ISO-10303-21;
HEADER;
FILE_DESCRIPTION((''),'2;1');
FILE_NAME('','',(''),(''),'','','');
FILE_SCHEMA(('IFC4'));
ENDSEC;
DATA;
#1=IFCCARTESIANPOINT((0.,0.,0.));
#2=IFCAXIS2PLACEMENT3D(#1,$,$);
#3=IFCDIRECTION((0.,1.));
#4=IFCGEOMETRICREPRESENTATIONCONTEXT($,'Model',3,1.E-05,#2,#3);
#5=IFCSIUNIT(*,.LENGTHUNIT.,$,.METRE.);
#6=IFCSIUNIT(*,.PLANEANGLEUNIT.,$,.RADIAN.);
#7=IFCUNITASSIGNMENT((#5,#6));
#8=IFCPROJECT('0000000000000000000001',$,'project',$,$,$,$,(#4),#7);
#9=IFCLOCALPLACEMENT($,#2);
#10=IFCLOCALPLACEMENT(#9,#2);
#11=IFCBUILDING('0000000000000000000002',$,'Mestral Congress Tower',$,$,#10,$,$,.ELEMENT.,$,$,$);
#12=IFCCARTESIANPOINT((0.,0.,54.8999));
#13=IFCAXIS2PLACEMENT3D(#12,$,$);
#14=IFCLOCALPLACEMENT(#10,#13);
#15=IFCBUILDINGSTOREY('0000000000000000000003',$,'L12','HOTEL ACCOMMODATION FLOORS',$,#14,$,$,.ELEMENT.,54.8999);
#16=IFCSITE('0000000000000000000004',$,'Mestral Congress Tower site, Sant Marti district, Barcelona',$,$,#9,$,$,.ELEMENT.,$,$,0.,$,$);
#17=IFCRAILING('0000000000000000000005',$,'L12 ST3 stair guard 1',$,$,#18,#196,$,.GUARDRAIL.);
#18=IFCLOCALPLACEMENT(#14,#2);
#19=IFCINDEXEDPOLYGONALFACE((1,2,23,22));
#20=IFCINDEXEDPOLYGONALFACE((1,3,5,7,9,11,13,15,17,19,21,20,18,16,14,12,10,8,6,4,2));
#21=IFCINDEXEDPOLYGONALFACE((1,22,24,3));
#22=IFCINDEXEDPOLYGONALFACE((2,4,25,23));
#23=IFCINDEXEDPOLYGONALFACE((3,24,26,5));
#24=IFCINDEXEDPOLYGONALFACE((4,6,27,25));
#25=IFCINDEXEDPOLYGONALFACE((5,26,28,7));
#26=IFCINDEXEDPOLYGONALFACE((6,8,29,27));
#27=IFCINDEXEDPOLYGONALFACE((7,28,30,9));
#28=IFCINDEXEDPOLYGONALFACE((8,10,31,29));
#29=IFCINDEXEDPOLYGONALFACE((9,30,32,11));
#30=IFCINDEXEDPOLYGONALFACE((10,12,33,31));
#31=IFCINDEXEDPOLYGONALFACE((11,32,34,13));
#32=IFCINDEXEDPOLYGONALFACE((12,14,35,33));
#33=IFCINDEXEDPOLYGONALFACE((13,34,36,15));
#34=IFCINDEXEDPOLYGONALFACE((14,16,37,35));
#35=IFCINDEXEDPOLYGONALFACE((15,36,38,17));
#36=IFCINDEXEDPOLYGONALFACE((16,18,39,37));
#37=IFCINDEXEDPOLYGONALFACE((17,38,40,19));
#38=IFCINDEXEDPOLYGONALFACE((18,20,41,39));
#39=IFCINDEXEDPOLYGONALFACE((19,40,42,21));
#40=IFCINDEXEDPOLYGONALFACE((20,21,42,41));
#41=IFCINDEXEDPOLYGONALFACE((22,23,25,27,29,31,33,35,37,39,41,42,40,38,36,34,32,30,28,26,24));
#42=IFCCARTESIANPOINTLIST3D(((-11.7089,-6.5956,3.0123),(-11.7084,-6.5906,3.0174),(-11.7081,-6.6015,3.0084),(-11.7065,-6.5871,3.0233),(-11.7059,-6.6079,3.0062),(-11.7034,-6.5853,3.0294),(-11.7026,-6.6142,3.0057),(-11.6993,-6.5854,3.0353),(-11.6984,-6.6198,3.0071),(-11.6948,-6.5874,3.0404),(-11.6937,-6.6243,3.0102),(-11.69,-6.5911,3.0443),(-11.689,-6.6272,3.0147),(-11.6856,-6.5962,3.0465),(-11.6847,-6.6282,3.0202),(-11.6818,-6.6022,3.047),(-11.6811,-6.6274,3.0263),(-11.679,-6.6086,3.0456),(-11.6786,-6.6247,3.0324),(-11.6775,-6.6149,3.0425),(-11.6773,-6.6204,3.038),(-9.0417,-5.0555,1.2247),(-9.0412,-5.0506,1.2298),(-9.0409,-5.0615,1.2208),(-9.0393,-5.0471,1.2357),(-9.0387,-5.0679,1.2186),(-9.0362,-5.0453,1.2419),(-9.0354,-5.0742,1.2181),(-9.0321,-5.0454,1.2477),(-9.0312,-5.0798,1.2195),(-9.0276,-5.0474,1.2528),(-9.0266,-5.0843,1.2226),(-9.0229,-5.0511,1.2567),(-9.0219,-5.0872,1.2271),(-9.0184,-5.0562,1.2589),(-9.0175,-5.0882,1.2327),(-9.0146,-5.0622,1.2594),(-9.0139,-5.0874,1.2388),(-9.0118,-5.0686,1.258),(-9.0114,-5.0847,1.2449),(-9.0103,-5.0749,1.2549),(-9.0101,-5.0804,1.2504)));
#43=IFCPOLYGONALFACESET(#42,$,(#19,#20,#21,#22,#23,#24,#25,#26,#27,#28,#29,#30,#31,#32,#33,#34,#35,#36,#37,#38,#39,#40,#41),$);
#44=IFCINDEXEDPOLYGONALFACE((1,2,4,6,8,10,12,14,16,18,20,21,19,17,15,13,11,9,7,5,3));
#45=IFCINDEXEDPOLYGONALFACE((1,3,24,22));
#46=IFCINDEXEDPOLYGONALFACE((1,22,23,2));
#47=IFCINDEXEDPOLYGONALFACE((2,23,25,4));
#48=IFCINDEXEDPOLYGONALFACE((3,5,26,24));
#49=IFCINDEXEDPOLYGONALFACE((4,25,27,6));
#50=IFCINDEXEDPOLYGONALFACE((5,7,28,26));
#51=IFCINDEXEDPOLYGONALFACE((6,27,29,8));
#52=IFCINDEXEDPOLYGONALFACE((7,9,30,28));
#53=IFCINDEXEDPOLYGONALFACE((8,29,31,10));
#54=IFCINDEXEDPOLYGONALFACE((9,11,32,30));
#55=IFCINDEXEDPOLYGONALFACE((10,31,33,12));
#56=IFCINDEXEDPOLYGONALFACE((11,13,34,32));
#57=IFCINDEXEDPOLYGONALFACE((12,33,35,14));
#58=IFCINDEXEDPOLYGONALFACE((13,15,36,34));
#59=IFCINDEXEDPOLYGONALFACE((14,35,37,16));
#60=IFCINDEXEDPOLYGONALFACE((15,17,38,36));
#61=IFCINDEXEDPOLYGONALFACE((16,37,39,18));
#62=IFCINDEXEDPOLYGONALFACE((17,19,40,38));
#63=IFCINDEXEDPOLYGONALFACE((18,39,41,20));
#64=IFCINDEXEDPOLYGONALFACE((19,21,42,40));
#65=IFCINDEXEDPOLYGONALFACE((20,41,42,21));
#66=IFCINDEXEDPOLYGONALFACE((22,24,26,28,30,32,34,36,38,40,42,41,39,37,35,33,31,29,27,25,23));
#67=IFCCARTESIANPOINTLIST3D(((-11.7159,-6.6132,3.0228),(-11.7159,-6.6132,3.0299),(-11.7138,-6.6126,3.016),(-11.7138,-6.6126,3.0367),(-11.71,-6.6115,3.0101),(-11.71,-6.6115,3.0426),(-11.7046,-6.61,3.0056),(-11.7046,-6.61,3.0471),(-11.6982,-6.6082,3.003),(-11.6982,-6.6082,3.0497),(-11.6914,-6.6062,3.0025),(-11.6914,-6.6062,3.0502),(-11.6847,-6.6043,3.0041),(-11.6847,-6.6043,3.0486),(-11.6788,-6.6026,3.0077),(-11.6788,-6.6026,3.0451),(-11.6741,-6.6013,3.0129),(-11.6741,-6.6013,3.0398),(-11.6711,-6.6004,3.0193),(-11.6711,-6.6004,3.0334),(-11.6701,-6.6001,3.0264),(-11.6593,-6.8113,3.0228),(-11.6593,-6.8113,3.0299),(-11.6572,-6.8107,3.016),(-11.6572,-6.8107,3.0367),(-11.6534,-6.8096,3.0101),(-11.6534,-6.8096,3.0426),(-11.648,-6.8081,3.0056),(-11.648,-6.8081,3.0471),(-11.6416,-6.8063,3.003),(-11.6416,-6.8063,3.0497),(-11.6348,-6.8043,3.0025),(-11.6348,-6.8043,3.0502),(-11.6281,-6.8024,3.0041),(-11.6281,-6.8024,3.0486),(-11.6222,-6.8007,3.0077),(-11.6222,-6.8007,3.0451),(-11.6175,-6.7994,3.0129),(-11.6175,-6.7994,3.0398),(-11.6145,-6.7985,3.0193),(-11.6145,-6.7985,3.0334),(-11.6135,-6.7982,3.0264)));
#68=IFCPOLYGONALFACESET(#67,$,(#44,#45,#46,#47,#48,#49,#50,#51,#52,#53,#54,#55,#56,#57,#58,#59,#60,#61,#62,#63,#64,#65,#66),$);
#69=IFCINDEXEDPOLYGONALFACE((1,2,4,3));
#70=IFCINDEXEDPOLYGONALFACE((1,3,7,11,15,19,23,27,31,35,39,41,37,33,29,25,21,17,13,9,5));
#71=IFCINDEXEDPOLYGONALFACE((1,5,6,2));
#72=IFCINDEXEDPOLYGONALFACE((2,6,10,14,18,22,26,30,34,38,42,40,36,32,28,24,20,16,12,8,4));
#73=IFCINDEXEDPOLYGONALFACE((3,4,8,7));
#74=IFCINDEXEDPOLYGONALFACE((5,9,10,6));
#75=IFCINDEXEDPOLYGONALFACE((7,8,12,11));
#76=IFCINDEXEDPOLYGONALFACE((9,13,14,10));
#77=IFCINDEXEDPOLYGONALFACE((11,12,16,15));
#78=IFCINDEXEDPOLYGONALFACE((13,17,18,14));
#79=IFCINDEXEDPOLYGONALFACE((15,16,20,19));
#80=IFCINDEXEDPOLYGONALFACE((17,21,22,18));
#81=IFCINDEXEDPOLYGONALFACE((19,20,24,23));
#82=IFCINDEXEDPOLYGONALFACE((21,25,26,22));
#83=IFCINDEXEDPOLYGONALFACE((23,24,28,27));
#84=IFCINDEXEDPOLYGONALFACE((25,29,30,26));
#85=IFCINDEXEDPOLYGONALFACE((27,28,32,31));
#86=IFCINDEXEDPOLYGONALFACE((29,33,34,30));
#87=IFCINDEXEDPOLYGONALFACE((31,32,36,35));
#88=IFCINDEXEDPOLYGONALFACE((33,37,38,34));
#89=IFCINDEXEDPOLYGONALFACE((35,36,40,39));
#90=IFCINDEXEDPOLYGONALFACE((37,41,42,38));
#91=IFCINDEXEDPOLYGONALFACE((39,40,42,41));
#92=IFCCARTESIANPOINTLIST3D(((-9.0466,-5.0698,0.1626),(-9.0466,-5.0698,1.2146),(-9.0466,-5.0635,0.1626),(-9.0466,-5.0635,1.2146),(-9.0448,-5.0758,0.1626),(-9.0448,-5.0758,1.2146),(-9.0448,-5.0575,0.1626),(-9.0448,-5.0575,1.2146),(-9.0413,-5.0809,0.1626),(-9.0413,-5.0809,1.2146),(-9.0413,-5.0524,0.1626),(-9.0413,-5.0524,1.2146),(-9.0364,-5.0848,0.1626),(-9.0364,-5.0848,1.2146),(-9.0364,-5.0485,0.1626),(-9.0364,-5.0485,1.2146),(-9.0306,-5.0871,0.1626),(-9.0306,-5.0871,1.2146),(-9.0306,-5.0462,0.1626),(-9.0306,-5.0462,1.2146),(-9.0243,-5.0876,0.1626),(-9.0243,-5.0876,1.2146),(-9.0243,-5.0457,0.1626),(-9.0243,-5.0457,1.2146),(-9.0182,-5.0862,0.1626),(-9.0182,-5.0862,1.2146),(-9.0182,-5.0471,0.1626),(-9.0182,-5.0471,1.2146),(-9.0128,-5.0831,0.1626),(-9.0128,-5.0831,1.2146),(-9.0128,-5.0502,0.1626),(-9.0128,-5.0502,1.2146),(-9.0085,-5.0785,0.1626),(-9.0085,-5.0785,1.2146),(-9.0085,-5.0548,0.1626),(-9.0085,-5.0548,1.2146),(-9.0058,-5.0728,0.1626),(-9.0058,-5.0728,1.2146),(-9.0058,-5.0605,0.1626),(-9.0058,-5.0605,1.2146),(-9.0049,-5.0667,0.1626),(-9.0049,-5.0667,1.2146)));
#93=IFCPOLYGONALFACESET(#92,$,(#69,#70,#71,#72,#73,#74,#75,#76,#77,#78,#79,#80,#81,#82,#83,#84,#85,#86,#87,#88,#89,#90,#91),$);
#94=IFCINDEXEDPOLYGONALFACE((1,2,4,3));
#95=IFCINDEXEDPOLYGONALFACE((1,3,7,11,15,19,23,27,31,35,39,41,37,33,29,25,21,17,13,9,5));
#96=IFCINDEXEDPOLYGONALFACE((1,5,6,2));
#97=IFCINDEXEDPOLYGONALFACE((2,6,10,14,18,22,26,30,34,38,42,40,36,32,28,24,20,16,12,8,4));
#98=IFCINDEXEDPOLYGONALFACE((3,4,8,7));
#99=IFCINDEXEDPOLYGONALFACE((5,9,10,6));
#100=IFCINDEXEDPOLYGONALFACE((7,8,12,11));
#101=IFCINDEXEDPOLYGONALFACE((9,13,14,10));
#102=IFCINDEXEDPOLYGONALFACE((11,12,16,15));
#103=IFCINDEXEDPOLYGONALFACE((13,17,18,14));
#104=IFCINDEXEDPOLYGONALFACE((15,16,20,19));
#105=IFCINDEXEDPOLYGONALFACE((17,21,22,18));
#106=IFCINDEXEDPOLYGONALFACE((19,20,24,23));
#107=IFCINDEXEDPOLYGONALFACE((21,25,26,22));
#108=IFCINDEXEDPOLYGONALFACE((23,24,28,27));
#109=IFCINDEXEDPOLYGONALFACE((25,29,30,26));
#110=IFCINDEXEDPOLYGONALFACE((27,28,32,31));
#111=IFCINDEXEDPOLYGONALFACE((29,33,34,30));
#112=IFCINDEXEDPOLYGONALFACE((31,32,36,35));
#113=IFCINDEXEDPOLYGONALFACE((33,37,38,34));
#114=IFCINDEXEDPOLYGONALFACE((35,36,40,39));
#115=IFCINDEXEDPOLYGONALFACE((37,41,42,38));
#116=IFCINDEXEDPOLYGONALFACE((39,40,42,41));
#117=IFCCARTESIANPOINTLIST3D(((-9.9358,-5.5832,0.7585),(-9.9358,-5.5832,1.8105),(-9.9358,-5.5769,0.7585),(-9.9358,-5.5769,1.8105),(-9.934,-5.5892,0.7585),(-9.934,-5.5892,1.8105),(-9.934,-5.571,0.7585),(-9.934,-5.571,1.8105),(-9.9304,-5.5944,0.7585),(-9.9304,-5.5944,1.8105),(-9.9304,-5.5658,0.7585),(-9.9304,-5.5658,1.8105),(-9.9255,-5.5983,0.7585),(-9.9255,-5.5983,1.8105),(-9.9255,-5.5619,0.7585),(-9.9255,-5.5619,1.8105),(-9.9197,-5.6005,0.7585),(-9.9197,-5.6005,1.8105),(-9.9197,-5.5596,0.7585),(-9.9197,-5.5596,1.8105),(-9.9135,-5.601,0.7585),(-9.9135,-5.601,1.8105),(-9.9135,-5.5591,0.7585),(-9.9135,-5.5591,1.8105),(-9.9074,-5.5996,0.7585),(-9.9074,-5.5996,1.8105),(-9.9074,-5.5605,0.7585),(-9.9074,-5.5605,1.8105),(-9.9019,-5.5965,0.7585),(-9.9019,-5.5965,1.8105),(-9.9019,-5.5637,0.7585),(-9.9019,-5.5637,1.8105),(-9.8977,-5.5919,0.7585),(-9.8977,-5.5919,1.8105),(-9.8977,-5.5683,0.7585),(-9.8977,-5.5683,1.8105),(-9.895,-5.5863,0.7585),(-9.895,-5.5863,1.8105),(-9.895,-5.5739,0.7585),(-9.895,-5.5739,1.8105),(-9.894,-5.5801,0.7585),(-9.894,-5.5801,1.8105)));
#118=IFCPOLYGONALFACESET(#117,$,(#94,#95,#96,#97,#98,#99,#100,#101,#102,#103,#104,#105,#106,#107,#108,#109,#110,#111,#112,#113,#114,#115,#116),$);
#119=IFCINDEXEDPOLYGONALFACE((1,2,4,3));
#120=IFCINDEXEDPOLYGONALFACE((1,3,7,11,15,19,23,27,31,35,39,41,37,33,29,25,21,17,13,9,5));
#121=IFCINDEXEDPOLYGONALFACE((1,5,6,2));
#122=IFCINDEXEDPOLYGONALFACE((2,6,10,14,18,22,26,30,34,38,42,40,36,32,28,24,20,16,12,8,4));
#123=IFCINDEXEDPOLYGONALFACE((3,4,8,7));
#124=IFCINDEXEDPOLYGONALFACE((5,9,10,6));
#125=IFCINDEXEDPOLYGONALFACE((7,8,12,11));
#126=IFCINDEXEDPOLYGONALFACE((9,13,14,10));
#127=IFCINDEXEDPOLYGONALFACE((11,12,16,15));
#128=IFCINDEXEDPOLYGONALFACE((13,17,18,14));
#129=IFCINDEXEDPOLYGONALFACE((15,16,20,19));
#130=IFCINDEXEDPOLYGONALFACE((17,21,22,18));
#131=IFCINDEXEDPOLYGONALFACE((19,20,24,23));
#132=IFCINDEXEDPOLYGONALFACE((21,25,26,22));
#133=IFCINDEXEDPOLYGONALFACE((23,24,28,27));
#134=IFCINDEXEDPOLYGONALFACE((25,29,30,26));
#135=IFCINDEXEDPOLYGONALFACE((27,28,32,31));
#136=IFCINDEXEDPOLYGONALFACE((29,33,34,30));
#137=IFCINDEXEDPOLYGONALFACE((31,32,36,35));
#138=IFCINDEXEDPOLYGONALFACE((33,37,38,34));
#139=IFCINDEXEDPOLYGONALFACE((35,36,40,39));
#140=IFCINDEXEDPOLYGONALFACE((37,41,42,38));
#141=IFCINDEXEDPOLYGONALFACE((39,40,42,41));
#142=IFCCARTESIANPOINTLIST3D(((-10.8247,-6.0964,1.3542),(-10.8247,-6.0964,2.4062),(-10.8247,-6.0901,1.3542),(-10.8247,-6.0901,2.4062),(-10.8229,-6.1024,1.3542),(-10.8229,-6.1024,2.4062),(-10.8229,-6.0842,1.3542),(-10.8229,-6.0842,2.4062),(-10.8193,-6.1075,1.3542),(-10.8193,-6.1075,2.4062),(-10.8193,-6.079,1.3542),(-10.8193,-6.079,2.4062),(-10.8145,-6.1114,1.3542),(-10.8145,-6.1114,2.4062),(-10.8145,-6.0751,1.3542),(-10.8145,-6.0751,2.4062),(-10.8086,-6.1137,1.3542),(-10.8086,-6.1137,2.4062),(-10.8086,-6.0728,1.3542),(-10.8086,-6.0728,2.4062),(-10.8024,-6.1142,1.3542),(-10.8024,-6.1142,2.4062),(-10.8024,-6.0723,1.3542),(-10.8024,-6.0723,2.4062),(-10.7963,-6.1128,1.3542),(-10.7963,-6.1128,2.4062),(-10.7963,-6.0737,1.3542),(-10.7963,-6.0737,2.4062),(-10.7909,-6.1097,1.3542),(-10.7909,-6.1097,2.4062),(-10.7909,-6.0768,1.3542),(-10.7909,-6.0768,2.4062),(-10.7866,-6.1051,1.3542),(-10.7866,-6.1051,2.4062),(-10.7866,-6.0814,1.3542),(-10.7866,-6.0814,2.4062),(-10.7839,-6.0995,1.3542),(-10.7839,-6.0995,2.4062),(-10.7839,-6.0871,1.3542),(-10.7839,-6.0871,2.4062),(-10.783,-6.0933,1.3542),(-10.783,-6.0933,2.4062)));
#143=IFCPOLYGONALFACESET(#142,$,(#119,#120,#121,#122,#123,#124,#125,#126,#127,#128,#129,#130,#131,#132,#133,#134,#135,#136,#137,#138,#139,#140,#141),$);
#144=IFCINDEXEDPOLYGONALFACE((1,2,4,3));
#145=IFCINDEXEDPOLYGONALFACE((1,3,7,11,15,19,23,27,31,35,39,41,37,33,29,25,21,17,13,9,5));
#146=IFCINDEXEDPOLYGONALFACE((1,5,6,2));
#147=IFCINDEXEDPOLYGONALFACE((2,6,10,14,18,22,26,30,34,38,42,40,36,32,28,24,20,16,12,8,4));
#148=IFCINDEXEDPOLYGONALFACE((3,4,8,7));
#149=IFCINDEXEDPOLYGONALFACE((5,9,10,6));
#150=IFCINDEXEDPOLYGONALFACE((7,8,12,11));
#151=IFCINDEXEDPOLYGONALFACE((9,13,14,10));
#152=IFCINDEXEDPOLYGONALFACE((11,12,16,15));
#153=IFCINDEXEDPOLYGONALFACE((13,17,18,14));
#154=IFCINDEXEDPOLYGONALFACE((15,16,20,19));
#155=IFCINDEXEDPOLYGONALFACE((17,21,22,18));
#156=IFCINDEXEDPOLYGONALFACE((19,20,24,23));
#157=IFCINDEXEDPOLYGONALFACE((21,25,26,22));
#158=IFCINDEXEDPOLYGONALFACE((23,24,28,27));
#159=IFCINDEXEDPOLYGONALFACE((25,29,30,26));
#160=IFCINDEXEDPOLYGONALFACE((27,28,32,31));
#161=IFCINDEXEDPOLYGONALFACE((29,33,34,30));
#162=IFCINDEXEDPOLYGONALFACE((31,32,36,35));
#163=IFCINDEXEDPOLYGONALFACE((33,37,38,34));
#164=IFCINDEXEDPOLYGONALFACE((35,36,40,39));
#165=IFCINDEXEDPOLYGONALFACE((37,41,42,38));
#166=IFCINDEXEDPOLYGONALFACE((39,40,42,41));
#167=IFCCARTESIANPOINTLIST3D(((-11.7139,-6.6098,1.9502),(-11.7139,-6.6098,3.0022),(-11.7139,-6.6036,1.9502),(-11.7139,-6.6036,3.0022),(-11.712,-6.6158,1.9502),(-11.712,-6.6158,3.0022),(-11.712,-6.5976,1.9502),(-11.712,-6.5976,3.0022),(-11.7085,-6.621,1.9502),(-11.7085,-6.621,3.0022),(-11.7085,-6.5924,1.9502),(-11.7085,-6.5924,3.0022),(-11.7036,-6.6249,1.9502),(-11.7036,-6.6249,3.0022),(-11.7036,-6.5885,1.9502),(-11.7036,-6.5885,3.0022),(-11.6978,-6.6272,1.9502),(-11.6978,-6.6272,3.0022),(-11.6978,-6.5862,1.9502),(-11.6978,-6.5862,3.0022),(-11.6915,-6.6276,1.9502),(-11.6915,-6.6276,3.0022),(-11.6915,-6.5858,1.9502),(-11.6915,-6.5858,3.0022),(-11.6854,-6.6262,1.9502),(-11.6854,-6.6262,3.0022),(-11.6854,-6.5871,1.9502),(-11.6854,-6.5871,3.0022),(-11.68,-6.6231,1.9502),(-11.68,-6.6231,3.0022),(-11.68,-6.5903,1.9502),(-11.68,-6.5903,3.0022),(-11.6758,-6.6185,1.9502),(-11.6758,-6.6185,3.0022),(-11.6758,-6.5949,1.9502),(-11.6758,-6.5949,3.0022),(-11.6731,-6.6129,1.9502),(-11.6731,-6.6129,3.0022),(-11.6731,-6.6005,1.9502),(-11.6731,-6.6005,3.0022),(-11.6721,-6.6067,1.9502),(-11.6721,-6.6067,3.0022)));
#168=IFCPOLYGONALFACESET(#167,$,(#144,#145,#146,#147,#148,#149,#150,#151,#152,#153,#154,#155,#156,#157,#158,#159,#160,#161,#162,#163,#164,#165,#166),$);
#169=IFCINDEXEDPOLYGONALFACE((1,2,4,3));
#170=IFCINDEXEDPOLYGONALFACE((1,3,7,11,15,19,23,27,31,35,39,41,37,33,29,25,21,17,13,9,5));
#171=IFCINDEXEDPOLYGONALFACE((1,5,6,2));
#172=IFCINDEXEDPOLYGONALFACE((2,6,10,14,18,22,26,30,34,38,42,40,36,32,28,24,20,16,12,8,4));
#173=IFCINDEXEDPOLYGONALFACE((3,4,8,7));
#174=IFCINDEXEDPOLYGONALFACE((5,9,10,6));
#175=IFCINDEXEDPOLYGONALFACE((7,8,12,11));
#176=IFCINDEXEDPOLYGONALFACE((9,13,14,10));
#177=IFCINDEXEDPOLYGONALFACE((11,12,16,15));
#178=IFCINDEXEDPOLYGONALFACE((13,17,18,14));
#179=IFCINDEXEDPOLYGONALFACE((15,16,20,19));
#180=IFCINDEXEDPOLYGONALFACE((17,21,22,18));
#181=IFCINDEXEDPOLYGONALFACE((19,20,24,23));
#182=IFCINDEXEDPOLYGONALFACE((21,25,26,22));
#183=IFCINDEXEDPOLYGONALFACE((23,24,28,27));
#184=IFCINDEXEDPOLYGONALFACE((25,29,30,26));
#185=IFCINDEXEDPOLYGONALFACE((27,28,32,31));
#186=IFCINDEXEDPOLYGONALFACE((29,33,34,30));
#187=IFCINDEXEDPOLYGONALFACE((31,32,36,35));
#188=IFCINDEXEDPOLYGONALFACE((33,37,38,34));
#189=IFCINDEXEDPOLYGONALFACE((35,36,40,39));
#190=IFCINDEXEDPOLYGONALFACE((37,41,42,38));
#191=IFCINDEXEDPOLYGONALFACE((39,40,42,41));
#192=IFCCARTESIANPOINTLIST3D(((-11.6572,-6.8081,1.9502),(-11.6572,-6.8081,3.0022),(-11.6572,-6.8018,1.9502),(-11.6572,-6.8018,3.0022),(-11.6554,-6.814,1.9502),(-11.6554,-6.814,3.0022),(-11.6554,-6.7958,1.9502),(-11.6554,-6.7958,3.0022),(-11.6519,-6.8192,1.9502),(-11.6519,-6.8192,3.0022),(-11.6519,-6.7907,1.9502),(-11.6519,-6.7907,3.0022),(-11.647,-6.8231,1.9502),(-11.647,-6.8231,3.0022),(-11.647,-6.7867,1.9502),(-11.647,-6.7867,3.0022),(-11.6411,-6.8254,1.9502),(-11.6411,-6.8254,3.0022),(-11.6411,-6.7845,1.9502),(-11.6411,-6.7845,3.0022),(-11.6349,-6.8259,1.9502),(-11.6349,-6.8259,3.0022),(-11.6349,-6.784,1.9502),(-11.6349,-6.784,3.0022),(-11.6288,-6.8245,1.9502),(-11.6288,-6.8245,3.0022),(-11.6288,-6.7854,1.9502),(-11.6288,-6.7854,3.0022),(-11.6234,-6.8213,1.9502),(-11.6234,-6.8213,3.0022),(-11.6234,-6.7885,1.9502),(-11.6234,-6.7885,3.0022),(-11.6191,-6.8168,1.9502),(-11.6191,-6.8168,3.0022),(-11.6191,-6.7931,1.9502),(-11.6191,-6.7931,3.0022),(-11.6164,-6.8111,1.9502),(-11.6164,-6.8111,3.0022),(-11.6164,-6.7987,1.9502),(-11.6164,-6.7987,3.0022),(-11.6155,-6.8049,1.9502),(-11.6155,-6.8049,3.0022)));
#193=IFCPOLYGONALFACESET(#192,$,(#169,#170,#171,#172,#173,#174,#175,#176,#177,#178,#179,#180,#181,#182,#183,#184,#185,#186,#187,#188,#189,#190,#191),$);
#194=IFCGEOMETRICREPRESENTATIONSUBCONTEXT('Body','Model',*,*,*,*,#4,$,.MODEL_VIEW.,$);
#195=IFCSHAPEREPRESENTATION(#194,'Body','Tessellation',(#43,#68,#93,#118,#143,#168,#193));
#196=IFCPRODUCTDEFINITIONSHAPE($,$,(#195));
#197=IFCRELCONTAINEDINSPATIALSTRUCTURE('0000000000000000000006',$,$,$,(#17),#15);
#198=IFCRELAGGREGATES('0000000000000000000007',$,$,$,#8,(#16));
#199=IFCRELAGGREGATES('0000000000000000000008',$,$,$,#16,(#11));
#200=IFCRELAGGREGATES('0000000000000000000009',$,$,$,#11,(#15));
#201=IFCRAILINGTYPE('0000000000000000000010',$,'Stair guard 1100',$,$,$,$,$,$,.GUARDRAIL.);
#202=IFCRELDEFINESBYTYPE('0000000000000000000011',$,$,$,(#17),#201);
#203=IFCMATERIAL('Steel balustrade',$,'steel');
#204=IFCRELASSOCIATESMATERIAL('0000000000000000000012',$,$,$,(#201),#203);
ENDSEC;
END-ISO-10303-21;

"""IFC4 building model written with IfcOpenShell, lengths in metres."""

from ifc_helpers import new_model, si_unit, direction, frame, origin, origin_2d, place, context, subcontext, project, spatial, circle, extrude, material, type_object, element, save


model = new_model("IFC4")

# Units and contexts
model_context = context("Model", 3, precision=1e-05, world=origin(), true_north=direction((0.0, 1.0)))
body_context = subcontext(model_context, "Body", "Model", "MODEL_VIEW")
ifc_project = project(units=[si_unit("LENGTHUNIT", "METRE"), si_unit("PLANEANGLEUNIT", "RADIAN")], contexts=[model_context])

# Site, building, storey
site_placement = place(None, origin())
site = spatial("IfcSite", under=ifc_project, at=site_placement, Name="Mestral Congress Tower site, Sant Marti district, Barcelona", CompositionType="ELEMENT", RefElevation=0.0)
building_placement = place(site_placement, origin())
building = spatial("IfcBuilding", under=site, at=building_placement, Name="Mestral Congress Tower", CompositionType="ELEMENT")
storey_placement = place(building_placement, frame((0.0, 0.0, 54.8999)))
storey = spatial("IfcBuildingStorey", under=building, at=storey_placement, Name="L12", Description="HOTEL ACCOMMODATION FLOORS", CompositionType="ELEMENT", Elevation=54.8999)

# Railing
ifc_material_1 = material(Name="Steel balustrade", Category="steel")
railing_type_1 = type_object("IfcRailingType", Name="Stair guard 1100", PredefinedType="GUARDRAIL", material=ifc_material_1)
railing_1_placement = place(storey_placement, frame((-9.0259, -5.0667, 0.1626)))
element("IfcRailing", 1, at=railing_1_placement, inside=storey, type_object=railing_type_1, Name="L12 ST3 stair guard 1", PredefinedType="GUARDRAIL", context=body_context, shape_type="SweptSolid", body=[
    extrude(circle(Radius=0.0239, at=origin_2d()), frame((0.0, 0.0, 1.0762), z_axis=(-0.748994, -0.432463, 0.50198), x_axis=(0.500027, -0.86601, 0.0)), (0.0, 0.0, 1.0), 3.561),
    extrude(circle(Radius=0.0239, at=origin_2d()), frame((-2.6672, -1.54, 2.8638), z_axis=(0.274721, -0.961524, 0.0), x_axis=(0.961524, 0.274721, 0.0)), (0.0, 0.0, 1.0), 0.2061),
    extrude(circle(Radius=0.021, at=origin_2d()), origin(), (0.0, 0.0, 1.0), 1.052),
    extrude(circle(Radius=0.021, at=origin_2d()), frame((-0.8892, -0.5134, 0.5959)), (0.0, 0.0, 1.0), 1.052),
    extrude(circle(Radius=0.021, at=origin_2d()), frame((-1.7781, -1.0266, 1.1917)), (0.0, 0.0, 1.0), 1.052),
    extrude(circle(Radius=0.021, at=origin_2d()), frame((-2.6672, -1.54, 1.7876)), (0.0, 0.0, 1.0), 1.052),
    extrude(circle(Radius=0.021, at=origin_2d()), frame((-2.6106, -1.7383, 1.7876)), (0.0, 0.0, 1.0), 1.052),
])

save(model, "model.ifc")
